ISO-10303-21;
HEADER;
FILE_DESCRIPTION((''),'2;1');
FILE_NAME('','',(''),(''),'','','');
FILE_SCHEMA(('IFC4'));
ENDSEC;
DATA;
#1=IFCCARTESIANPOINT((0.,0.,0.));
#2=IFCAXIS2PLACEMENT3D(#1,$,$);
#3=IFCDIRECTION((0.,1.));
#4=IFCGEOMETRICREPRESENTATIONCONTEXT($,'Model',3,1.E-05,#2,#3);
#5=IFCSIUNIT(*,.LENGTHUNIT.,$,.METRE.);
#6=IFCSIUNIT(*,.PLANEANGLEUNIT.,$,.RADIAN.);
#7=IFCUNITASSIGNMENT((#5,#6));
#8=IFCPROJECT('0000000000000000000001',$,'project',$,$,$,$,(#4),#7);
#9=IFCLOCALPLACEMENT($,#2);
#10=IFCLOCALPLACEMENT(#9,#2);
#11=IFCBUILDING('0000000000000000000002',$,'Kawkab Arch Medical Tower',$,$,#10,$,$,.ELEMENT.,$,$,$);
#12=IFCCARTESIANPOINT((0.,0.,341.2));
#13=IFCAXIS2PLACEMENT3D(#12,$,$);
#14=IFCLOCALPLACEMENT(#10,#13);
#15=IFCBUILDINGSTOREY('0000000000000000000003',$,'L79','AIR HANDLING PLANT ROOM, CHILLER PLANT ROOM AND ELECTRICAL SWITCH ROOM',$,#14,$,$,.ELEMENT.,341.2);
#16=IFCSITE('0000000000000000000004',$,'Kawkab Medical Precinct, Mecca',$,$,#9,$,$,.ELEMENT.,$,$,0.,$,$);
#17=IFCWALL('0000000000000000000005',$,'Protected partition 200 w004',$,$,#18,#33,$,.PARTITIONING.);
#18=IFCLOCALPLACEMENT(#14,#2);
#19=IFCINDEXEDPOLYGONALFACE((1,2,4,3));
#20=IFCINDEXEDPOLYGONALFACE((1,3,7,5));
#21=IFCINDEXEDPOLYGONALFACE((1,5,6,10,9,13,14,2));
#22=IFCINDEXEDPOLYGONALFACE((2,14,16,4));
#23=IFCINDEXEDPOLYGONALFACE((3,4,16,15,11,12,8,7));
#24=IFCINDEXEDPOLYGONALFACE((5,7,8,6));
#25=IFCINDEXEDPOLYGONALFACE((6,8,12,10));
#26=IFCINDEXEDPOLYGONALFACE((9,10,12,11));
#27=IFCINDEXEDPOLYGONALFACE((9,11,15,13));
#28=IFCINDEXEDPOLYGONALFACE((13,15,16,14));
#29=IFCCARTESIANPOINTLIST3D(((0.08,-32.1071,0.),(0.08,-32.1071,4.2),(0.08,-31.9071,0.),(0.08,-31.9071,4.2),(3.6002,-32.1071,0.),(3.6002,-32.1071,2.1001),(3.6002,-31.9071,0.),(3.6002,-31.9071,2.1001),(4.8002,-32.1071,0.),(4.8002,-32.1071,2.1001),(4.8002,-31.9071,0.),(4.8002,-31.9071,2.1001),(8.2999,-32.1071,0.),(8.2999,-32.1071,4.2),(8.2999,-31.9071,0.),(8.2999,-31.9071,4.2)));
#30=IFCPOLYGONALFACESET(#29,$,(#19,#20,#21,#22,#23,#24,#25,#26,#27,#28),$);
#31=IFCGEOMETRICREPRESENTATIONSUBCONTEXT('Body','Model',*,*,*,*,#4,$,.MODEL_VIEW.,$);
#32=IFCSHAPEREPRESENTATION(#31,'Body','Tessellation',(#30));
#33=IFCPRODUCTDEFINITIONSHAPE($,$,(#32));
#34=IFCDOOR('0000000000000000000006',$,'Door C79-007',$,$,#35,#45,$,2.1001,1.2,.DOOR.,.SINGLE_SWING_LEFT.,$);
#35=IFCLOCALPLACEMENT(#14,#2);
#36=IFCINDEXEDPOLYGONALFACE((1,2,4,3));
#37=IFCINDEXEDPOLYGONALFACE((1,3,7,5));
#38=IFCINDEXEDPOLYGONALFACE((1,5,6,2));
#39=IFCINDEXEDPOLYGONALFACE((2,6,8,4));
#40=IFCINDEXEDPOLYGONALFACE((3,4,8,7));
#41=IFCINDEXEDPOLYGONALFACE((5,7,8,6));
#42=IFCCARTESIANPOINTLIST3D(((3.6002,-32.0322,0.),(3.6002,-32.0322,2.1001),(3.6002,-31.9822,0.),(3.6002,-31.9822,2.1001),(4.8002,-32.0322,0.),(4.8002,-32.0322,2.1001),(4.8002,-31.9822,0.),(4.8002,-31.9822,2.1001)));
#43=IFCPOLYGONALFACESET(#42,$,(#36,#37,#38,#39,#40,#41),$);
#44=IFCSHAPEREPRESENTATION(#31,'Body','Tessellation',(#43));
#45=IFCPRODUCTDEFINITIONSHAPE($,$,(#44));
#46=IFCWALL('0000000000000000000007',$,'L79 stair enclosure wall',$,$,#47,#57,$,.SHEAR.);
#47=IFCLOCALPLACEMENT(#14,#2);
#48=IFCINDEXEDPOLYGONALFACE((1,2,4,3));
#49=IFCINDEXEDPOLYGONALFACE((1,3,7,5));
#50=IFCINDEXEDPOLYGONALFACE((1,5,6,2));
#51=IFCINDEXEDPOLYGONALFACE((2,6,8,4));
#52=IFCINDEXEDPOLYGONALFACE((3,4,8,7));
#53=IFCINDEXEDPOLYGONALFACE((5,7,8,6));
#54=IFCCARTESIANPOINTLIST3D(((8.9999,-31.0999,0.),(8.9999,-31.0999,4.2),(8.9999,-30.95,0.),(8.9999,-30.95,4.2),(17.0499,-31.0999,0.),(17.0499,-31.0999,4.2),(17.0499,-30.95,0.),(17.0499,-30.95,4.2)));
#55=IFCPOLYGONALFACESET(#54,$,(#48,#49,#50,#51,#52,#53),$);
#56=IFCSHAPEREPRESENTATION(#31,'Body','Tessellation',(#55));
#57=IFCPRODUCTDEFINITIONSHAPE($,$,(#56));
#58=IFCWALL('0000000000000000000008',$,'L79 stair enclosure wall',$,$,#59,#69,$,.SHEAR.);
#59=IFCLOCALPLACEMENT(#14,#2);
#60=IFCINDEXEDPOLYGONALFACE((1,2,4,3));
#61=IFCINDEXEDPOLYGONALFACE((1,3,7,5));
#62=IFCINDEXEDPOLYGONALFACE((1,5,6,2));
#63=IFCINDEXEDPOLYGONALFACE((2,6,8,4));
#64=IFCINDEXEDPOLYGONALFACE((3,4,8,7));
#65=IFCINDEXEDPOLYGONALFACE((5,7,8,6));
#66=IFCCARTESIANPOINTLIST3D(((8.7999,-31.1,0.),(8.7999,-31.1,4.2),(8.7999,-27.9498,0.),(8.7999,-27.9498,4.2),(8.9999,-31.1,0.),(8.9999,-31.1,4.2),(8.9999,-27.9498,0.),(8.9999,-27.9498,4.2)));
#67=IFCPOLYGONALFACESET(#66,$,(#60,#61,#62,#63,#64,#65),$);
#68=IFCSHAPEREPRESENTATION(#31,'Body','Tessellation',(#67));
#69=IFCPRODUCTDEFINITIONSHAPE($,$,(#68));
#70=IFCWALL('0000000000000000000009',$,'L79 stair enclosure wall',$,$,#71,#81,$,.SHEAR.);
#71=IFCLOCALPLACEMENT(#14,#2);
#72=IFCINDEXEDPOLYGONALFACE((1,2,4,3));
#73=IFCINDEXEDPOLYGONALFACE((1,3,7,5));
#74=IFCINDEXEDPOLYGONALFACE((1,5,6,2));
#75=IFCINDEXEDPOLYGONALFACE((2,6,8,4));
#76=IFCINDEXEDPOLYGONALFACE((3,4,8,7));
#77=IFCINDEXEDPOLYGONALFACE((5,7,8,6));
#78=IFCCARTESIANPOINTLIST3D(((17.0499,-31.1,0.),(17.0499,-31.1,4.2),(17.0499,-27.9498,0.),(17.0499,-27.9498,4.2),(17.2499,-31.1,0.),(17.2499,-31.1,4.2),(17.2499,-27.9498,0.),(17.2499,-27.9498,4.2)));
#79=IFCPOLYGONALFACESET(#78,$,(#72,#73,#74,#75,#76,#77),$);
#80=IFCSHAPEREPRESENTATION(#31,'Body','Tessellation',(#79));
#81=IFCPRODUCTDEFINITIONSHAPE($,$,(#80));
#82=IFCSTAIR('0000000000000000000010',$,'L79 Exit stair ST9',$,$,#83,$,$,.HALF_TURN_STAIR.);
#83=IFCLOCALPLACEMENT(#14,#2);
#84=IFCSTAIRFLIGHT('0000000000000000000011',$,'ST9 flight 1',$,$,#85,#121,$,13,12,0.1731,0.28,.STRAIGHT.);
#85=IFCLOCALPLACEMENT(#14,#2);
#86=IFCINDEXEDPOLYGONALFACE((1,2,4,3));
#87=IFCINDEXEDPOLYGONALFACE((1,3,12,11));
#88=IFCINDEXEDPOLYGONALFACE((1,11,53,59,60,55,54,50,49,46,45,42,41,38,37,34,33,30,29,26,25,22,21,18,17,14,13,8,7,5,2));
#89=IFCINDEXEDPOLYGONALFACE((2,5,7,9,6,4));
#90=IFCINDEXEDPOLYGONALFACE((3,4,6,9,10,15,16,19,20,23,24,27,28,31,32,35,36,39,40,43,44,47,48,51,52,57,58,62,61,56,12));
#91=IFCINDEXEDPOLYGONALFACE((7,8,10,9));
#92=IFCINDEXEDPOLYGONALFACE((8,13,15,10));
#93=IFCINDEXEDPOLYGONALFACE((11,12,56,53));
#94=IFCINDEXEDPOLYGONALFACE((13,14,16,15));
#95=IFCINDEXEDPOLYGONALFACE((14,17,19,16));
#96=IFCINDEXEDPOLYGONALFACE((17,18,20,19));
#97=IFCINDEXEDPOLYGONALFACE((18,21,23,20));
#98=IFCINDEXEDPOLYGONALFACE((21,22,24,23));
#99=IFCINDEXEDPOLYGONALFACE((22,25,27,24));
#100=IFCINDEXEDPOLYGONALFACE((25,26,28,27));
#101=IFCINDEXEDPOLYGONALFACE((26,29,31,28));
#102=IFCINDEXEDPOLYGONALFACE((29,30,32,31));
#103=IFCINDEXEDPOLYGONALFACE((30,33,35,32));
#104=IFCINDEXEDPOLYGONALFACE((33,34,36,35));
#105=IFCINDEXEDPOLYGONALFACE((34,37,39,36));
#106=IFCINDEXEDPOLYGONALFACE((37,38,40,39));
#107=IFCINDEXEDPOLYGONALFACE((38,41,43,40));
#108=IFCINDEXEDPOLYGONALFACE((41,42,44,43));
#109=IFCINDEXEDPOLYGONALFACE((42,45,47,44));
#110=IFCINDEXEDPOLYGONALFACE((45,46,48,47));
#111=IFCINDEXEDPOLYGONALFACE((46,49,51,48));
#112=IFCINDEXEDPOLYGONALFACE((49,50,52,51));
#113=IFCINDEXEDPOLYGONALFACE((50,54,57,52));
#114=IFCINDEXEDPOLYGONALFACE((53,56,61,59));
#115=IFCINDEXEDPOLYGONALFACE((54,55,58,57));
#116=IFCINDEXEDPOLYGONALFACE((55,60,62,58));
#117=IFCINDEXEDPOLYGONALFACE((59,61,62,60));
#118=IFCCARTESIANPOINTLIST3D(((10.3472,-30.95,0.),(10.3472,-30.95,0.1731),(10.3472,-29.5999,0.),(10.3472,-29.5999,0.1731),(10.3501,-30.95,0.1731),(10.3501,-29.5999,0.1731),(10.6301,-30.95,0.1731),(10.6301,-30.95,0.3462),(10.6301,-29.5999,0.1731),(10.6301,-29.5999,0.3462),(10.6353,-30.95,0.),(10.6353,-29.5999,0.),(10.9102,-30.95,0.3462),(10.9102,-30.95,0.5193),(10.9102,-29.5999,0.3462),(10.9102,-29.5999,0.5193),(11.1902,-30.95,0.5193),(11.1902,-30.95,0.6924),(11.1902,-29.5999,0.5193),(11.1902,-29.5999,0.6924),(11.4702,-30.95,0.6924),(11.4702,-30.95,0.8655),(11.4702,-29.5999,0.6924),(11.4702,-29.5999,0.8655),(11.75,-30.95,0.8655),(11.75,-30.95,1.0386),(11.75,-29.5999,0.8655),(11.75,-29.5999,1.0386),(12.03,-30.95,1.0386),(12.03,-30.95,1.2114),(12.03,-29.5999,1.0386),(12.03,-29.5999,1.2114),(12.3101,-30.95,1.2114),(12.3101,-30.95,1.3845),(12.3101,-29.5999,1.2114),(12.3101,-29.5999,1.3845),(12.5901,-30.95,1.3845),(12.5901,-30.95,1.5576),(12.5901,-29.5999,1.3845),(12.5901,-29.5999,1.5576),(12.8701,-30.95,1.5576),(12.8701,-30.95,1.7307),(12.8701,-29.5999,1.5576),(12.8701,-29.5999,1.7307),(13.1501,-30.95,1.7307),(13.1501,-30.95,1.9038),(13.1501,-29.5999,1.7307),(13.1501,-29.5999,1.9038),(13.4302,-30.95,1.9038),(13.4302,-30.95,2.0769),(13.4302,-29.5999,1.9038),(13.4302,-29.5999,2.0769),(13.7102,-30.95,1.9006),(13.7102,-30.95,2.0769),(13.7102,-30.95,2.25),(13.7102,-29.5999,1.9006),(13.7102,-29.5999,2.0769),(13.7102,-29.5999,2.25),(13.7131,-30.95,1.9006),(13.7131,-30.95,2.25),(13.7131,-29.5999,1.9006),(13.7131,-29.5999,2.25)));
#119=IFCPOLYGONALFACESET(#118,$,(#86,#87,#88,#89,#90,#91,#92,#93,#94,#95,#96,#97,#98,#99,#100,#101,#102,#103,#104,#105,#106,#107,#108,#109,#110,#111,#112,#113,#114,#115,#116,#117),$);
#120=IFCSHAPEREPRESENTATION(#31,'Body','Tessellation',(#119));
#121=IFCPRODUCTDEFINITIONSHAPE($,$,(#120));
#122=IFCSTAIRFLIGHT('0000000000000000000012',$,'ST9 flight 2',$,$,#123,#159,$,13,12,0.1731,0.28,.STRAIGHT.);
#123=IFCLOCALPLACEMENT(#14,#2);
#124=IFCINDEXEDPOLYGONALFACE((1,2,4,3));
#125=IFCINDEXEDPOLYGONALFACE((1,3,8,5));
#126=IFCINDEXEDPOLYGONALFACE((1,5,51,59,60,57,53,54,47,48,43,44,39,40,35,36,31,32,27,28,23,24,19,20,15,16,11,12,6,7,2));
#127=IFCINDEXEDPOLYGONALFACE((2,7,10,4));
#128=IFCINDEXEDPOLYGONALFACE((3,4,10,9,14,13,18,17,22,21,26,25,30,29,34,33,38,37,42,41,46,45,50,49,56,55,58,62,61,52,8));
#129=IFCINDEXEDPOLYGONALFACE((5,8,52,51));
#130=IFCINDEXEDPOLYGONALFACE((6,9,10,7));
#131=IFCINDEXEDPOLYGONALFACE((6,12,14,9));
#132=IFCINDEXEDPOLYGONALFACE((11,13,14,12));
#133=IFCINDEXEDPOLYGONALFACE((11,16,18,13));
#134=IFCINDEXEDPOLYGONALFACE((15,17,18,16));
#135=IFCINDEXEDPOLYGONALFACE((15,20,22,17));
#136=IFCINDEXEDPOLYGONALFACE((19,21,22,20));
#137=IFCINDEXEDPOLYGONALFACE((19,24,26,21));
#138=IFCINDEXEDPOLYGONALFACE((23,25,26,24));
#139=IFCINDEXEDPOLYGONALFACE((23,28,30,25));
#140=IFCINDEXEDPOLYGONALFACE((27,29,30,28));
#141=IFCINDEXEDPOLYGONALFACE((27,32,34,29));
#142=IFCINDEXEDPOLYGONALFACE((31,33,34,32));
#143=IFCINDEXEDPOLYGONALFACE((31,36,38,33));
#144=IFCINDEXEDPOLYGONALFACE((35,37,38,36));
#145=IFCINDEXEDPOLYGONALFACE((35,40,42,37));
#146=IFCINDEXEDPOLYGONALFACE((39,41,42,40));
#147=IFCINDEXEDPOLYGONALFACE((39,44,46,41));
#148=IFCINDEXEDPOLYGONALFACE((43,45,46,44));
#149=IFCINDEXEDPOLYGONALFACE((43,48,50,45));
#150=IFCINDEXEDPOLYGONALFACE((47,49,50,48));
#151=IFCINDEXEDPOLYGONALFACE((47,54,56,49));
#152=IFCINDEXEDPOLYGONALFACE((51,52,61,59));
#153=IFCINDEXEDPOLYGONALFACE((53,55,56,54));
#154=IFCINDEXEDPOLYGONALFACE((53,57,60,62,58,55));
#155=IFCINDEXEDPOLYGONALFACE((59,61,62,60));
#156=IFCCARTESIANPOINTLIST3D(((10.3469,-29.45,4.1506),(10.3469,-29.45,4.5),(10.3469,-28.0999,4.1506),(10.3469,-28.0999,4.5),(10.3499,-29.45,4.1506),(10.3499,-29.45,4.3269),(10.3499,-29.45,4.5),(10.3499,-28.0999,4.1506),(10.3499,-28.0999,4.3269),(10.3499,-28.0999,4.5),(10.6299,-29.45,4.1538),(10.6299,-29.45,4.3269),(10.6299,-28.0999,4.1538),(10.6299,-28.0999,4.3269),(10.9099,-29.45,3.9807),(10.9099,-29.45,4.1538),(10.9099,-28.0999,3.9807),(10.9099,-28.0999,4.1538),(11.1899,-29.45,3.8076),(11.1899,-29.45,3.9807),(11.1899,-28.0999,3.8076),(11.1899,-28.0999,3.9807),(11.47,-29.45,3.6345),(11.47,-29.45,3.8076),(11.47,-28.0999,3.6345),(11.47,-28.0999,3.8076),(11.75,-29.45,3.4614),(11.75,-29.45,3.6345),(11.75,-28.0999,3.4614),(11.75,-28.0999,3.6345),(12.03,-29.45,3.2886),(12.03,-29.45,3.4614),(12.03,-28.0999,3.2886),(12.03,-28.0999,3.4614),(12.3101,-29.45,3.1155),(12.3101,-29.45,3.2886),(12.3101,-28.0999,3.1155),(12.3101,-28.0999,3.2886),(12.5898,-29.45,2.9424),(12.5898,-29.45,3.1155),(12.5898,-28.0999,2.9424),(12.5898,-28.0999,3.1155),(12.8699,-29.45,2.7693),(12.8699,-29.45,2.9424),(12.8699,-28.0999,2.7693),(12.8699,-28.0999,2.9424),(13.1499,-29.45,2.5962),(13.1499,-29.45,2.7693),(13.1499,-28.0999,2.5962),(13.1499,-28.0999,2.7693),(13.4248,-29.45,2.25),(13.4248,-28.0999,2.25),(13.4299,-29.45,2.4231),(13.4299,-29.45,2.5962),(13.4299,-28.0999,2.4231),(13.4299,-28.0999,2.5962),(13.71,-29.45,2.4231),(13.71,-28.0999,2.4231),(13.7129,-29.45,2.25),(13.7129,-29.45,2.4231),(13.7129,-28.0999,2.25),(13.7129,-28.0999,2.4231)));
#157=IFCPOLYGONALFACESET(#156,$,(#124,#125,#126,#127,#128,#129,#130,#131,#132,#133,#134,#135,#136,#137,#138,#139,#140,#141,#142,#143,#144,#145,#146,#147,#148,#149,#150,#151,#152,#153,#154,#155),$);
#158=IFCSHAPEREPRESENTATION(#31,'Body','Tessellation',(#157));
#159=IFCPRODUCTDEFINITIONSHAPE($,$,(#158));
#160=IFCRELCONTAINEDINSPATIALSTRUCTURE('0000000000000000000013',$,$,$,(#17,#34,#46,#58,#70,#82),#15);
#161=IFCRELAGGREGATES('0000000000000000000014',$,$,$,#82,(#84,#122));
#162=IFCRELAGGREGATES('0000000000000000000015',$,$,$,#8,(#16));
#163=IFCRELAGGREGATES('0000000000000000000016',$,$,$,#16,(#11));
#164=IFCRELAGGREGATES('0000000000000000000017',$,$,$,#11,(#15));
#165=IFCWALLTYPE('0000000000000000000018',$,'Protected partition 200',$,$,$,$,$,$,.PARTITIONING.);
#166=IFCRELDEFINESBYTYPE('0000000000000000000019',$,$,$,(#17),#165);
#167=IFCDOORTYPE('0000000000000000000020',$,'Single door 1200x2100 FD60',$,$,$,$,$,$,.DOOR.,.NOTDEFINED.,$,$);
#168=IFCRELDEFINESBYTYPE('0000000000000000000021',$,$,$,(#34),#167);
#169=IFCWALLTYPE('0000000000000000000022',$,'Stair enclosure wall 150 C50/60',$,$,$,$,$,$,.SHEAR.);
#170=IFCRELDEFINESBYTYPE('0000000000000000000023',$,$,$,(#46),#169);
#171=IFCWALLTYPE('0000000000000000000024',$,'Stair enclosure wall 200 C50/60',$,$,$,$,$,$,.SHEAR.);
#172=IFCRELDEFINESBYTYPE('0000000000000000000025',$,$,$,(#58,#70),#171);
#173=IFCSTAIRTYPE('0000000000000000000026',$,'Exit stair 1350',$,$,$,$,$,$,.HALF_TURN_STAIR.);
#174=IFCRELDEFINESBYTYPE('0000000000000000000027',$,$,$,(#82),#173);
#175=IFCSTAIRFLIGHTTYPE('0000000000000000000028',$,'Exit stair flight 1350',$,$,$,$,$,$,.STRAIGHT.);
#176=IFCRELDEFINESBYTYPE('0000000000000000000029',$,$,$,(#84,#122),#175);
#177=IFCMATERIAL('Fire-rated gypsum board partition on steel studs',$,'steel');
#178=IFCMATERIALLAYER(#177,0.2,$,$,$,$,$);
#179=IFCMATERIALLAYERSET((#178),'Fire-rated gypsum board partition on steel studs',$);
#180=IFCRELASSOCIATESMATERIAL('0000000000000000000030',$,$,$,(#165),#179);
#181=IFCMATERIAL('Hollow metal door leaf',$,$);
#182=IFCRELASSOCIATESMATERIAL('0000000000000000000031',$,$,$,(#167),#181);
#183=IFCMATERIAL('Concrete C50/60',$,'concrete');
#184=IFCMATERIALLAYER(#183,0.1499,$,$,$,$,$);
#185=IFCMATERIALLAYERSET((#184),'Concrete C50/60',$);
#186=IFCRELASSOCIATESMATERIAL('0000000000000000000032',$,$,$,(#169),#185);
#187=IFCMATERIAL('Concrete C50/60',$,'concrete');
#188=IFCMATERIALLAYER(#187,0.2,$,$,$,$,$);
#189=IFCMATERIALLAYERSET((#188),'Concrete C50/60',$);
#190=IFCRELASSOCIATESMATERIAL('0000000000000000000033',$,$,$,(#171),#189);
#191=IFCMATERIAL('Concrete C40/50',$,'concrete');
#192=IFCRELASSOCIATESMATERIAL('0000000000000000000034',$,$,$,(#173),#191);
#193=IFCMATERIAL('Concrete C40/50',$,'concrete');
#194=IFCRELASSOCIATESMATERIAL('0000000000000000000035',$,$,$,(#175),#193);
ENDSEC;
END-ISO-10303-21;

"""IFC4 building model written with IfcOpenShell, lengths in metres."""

from ifc_helpers import new_model, si_unit, direction, frame, frame_2d, origin, place, context, subcontext, project, spatial, polyline, rectangle, outline, extrude, material, layer, layer_set, type_object, element, fill, aggregate, save


model = new_model("IFC4")

# Units and contexts
model_context = context("Model", 3, precision=1e-05, world=origin(), true_north=direction((0.0, 1.0)))
body_context = subcontext(model_context, "Body", "Model", "MODEL_VIEW")
ifc_project = project(units=[si_unit("LENGTHUNIT", "METRE"), si_unit("PLANEANGLEUNIT", "RADIAN")], contexts=[model_context])

# Site, building, storey
site_placement = place(None, origin())
site = spatial("IfcSite", under=ifc_project, at=site_placement, Name="Kawkab Medical Precinct, Mecca", CompositionType="ELEMENT", RefElevation=0.0)
building_placement = place(site_placement, origin())
building = spatial("IfcBuilding", under=site, at=building_placement, Name="Kawkab Arch Medical Tower", CompositionType="ELEMENT")
storey_placement = place(building_placement, frame((0.0, 0.0, 341.2)))
storey = spatial("IfcBuildingStorey", under=building, at=storey_placement, Name="L79", Description="AIR HANDLING PLANT ROOM, CHILLER PLANT ROOM AND ELECTRICAL SWITCH ROOM", CompositionType="ELEMENT", Elevation=341.2)

# Shared definitions
placement = place(storey_placement, origin())

# Wall, opening, door
ifc_material_1 = material(Name="Fire-rated gypsum board partition on steel studs", Category="steel")
ifc_layer_1 = layer(ifc_material_1, 0.2)
ifc_layer_set_1 = layer_set([ifc_layer_1], Name="Fire-rated gypsum board partition on steel studs")
wall_type_1 = type_object("IfcWallType", Name="Protected partition 200", PredefinedType="PARTITIONING", material=ifc_layer_set_1)
wall_1_placement = place(storey_placement, frame((0.0801, -32.0071, 0.0), z_axis=(0.0, 0.0, 1.0), x_axis=(1.0, 0.0, 0.0)))
wall_1 = element("IfcWall", 1, at=wall_1_placement, inside=storey, type_object=wall_type_1, Name="Protected partition 200 w004", PredefinedType="PARTITIONING", context=body_context, shape_type="SweptSolid", body=[
    extrude(rectangle(XDim=8.22, YDim=0.2, at=frame_2d((4.1099, 0.0))), origin(), (0.0, 0.0, 1.0), 4.2),
])
opening_placement = place(wall_1_placement, frame((3.52, 0.0, 0.0)))
opening = element("IfcOpeningElement", 2, at=opening_placement, cuts=wall_1, PredefinedType="OPENING", context=body_context, shape_type="SweptSolid", body=[
    extrude(rectangle(XDim=1.2, YDim=2.1001, at=frame_2d((0.6001, 1.05))), frame((0.0, 0.1099, 0.0), z_axis=(0.0, -1.0, 0.0), x_axis=(1.0, 0.0, 0.0)), (0.0, 0.0, 1.0), 0.22),
])
ifc_material_2 = material(Name="Hollow metal door leaf")
door_type = type_object("IfcDoorType", Name="Single door 1200x2100 FD60", OperationType="NOTDEFINED", PredefinedType="DOOR", material=ifc_material_2)
door_placement = place(opening_placement, origin())
door = element("IfcDoor", 3, at=door_placement, inside=storey, type_object=door_type, Name="Door C79-007", OperationType="SINGLE_SWING_LEFT", OverallHeight=2.1001, OverallWidth=1.2, PredefinedType="DOOR", context=body_context, shape_type="SweptSolid", body=[
    extrude(rectangle(XDim=1.2, YDim=2.1001, at=frame_2d((0.6001, 1.05))), frame((0.0, 0.0249, 0.0), z_axis=(0.0, -1.0, 0.0), x_axis=(1.0, 0.0, 0.0)), (0.0, 0.0, 1.0), 0.05),
])
fill(opening, door)

# Walls
ifc_material_3 = material(Name="Concrete C50/60", Category="concrete")
ifc_layer_2 = layer(ifc_material_3, 0.1499)
ifc_layer_set_2 = layer_set([ifc_layer_2], Name="Concrete C50/60")
wall_type_2 = type_object("IfcWallType", Name="Stair enclosure wall 150 C50/60", PredefinedType="SHEAR", material=ifc_layer_set_2)
wall_2_placement = place(storey_placement, frame((9.0, -31.0249, 0.0), z_axis=(0.0, 0.0, 1.0), x_axis=(1.0, 0.0, 0.0)))
element("IfcWall", 4, at=wall_2_placement, inside=storey, type_object=wall_type_2, Name="L79 stair enclosure wall", PredefinedType="SHEAR", context=body_context, shape_type="SweptSolid", body=[
    extrude(rectangle(XDim=8.05, YDim=0.1499, at=frame_2d((4.0249, 0.0))), origin(), (0.0, 0.0, 1.0), 4.2),
])
ifc_material_4 = material(Name="Concrete C50/60", Category="concrete")
ifc_layer_3 = layer(ifc_material_4, 0.2)
ifc_layer_set_3 = layer_set([ifc_layer_3], Name="Concrete C50/60")
wall_type_3 = type_object("IfcWallType", Name="Stair enclosure wall 200 C50/60", PredefinedType="SHEAR", material=ifc_layer_set_3)
for number, where, z_axis, x_axis, name in (
    (5, (8.8999, -31.1001, 0.0), (0.0, 0.0, 1.0), (0.0, 1.0, 0.0), "L79 stair enclosure wall"),
    (6, (17.1499, -31.1001, 0.0), (0.0, 0.0, 1.0), (0.0, 1.0, 0.0), "L79 stair enclosure wall"),
):
    element("IfcWall", number, at=place(storey_placement, frame(where, z_axis=z_axis, x_axis=x_axis)), inside=storey, type_object=wall_type_3, Name=name, PredefinedType="SHEAR", context=body_context, shape_type="SweptSolid", body=[
        extrude(rectangle(XDim=3.1501, YDim=0.2, at=frame_2d((1.5752, 0.0))), origin(), (0.0, 0.0, 1.0), 4.2),
    ])

# Stair, stair flights
ifc_material_5 = material(Name="Concrete C40/50", Category="concrete")
stair_type = type_object("IfcStairType", Name="Exit stair 1350", PredefinedType="HALF_TURN_STAIR", material=ifc_material_5)
stair = element("IfcStair", 7, at=placement, inside=storey, type_object=stair_type, Name="L79 Exit stair ST9", PredefinedType="HALF_TURN_STAIR")
ifc_material_6 = material(Name="Concrete C40/50", Category="concrete")
stair_flight_type = type_object("IfcStairFlightType", Name="Exit stair flight 1350", PredefinedType="STRAIGHT", material=ifc_material_6)
stair_flight_1_placement = place(storey_placement, frame((10.3501, -30.2749, 0.0), z_axis=(0.0, 0.0, 1.0), x_axis=(1.0, 0.0, 0.0)))
stair_flight_1 = element("IfcStairFlight", 8, at=stair_flight_1_placement, type_object=stair_flight_type, Name="ST9 flight 1", NumberOfRisers=13, NumberOfTreads=12, PredefinedType="STRAIGHT", RiserHeight=0.1731, TreadLength=0.28, context=body_context, shape_type="SweptSolid", body=[
    extrude(outline(polyline([(-0.0029, 0.0), (-0.0029, 0.1731), (0.0, 0.1731), (0.28, 0.1731), (0.28, 0.3462), (0.5601, 0.3462), (0.5601, 0.5193), (0.8401, 0.5193), (0.8401, 0.6924), (1.1201, 0.6924), (1.1201, 0.8655), (1.3999, 0.8655), (1.3999, 1.0386), (1.6799, 1.0386), (1.6799, 1.2114), (1.96, 1.2114), (1.96, 1.3845), (2.24, 1.3845), (2.24, 1.5576), (2.52, 1.5576), (2.52, 1.7307), (2.8, 1.7307), (2.8, 1.9038), (3.0801, 1.9038), (3.0801, 2.0769), (3.3601, 2.0769), (3.3601, 2.25), (3.363, 2.25), (3.363, 1.9006), (3.3601, 1.9006), (0.2852, 0.0), (-0.0029, 0.0)])), frame((0.0, 0.675, 0.0), z_axis=(0.0, -1.0, 0.0), x_axis=(1.0, 0.0, 0.0)), (0.0, 0.0, 1.0), 1.3501),
])
stair_flight_2_placement = place(storey_placement, frame((13.71, -28.7749, 2.25), z_axis=(0.0, 0.0, 1.0), x_axis=(-1.0, 0.0, 0.0)))
stair_flight_2 = element("IfcStairFlight", 9, at=stair_flight_2_placement, type_object=stair_flight_type, Name="ST9 flight 2", NumberOfRisers=13, NumberOfTreads=12, PredefinedType="STRAIGHT", RiserHeight=0.1731, TreadLength=0.28, context=body_context, shape_type="SweptSolid", body=[
    extrude(outline(polyline([(-0.0029, 0.0), (-0.0029, 0.1731), (0.0, 0.1731), (0.28, 0.1731), (0.28, 0.3462), (0.5601, 0.3462), (0.5601, 0.5193), (0.8401, 0.5193), (0.8401, 0.6924), (1.1201, 0.6924), (1.1201, 0.8655), (1.3999, 0.8655), (1.3999, 1.0386), (1.6799, 1.0386), (1.6799, 1.2114), (1.96, 1.2114), (1.96, 1.3845), (2.24, 1.3845), (2.24, 1.5576), (2.52, 1.5576), (2.52, 1.7307), (2.8, 1.7307), (2.8, 1.9038), (3.0801, 1.9038), (3.0801, 2.0769), (3.3601, 2.0769), (3.3601, 2.25), (3.363, 2.25), (3.363, 1.9006), (3.3601, 1.9006), (0.2852, 0.0), (-0.0029, 0.0)])), frame((0.0, 0.675, 0.0), z_axis=(0.0, -1.0, 0.0), x_axis=(1.0, 0.0, 0.0)), (0.0, 0.0, 1.0), 1.3501),
])
aggregate(stair, [stair_flight_1, stair_flight_2])

save(model, "model.ifc")
